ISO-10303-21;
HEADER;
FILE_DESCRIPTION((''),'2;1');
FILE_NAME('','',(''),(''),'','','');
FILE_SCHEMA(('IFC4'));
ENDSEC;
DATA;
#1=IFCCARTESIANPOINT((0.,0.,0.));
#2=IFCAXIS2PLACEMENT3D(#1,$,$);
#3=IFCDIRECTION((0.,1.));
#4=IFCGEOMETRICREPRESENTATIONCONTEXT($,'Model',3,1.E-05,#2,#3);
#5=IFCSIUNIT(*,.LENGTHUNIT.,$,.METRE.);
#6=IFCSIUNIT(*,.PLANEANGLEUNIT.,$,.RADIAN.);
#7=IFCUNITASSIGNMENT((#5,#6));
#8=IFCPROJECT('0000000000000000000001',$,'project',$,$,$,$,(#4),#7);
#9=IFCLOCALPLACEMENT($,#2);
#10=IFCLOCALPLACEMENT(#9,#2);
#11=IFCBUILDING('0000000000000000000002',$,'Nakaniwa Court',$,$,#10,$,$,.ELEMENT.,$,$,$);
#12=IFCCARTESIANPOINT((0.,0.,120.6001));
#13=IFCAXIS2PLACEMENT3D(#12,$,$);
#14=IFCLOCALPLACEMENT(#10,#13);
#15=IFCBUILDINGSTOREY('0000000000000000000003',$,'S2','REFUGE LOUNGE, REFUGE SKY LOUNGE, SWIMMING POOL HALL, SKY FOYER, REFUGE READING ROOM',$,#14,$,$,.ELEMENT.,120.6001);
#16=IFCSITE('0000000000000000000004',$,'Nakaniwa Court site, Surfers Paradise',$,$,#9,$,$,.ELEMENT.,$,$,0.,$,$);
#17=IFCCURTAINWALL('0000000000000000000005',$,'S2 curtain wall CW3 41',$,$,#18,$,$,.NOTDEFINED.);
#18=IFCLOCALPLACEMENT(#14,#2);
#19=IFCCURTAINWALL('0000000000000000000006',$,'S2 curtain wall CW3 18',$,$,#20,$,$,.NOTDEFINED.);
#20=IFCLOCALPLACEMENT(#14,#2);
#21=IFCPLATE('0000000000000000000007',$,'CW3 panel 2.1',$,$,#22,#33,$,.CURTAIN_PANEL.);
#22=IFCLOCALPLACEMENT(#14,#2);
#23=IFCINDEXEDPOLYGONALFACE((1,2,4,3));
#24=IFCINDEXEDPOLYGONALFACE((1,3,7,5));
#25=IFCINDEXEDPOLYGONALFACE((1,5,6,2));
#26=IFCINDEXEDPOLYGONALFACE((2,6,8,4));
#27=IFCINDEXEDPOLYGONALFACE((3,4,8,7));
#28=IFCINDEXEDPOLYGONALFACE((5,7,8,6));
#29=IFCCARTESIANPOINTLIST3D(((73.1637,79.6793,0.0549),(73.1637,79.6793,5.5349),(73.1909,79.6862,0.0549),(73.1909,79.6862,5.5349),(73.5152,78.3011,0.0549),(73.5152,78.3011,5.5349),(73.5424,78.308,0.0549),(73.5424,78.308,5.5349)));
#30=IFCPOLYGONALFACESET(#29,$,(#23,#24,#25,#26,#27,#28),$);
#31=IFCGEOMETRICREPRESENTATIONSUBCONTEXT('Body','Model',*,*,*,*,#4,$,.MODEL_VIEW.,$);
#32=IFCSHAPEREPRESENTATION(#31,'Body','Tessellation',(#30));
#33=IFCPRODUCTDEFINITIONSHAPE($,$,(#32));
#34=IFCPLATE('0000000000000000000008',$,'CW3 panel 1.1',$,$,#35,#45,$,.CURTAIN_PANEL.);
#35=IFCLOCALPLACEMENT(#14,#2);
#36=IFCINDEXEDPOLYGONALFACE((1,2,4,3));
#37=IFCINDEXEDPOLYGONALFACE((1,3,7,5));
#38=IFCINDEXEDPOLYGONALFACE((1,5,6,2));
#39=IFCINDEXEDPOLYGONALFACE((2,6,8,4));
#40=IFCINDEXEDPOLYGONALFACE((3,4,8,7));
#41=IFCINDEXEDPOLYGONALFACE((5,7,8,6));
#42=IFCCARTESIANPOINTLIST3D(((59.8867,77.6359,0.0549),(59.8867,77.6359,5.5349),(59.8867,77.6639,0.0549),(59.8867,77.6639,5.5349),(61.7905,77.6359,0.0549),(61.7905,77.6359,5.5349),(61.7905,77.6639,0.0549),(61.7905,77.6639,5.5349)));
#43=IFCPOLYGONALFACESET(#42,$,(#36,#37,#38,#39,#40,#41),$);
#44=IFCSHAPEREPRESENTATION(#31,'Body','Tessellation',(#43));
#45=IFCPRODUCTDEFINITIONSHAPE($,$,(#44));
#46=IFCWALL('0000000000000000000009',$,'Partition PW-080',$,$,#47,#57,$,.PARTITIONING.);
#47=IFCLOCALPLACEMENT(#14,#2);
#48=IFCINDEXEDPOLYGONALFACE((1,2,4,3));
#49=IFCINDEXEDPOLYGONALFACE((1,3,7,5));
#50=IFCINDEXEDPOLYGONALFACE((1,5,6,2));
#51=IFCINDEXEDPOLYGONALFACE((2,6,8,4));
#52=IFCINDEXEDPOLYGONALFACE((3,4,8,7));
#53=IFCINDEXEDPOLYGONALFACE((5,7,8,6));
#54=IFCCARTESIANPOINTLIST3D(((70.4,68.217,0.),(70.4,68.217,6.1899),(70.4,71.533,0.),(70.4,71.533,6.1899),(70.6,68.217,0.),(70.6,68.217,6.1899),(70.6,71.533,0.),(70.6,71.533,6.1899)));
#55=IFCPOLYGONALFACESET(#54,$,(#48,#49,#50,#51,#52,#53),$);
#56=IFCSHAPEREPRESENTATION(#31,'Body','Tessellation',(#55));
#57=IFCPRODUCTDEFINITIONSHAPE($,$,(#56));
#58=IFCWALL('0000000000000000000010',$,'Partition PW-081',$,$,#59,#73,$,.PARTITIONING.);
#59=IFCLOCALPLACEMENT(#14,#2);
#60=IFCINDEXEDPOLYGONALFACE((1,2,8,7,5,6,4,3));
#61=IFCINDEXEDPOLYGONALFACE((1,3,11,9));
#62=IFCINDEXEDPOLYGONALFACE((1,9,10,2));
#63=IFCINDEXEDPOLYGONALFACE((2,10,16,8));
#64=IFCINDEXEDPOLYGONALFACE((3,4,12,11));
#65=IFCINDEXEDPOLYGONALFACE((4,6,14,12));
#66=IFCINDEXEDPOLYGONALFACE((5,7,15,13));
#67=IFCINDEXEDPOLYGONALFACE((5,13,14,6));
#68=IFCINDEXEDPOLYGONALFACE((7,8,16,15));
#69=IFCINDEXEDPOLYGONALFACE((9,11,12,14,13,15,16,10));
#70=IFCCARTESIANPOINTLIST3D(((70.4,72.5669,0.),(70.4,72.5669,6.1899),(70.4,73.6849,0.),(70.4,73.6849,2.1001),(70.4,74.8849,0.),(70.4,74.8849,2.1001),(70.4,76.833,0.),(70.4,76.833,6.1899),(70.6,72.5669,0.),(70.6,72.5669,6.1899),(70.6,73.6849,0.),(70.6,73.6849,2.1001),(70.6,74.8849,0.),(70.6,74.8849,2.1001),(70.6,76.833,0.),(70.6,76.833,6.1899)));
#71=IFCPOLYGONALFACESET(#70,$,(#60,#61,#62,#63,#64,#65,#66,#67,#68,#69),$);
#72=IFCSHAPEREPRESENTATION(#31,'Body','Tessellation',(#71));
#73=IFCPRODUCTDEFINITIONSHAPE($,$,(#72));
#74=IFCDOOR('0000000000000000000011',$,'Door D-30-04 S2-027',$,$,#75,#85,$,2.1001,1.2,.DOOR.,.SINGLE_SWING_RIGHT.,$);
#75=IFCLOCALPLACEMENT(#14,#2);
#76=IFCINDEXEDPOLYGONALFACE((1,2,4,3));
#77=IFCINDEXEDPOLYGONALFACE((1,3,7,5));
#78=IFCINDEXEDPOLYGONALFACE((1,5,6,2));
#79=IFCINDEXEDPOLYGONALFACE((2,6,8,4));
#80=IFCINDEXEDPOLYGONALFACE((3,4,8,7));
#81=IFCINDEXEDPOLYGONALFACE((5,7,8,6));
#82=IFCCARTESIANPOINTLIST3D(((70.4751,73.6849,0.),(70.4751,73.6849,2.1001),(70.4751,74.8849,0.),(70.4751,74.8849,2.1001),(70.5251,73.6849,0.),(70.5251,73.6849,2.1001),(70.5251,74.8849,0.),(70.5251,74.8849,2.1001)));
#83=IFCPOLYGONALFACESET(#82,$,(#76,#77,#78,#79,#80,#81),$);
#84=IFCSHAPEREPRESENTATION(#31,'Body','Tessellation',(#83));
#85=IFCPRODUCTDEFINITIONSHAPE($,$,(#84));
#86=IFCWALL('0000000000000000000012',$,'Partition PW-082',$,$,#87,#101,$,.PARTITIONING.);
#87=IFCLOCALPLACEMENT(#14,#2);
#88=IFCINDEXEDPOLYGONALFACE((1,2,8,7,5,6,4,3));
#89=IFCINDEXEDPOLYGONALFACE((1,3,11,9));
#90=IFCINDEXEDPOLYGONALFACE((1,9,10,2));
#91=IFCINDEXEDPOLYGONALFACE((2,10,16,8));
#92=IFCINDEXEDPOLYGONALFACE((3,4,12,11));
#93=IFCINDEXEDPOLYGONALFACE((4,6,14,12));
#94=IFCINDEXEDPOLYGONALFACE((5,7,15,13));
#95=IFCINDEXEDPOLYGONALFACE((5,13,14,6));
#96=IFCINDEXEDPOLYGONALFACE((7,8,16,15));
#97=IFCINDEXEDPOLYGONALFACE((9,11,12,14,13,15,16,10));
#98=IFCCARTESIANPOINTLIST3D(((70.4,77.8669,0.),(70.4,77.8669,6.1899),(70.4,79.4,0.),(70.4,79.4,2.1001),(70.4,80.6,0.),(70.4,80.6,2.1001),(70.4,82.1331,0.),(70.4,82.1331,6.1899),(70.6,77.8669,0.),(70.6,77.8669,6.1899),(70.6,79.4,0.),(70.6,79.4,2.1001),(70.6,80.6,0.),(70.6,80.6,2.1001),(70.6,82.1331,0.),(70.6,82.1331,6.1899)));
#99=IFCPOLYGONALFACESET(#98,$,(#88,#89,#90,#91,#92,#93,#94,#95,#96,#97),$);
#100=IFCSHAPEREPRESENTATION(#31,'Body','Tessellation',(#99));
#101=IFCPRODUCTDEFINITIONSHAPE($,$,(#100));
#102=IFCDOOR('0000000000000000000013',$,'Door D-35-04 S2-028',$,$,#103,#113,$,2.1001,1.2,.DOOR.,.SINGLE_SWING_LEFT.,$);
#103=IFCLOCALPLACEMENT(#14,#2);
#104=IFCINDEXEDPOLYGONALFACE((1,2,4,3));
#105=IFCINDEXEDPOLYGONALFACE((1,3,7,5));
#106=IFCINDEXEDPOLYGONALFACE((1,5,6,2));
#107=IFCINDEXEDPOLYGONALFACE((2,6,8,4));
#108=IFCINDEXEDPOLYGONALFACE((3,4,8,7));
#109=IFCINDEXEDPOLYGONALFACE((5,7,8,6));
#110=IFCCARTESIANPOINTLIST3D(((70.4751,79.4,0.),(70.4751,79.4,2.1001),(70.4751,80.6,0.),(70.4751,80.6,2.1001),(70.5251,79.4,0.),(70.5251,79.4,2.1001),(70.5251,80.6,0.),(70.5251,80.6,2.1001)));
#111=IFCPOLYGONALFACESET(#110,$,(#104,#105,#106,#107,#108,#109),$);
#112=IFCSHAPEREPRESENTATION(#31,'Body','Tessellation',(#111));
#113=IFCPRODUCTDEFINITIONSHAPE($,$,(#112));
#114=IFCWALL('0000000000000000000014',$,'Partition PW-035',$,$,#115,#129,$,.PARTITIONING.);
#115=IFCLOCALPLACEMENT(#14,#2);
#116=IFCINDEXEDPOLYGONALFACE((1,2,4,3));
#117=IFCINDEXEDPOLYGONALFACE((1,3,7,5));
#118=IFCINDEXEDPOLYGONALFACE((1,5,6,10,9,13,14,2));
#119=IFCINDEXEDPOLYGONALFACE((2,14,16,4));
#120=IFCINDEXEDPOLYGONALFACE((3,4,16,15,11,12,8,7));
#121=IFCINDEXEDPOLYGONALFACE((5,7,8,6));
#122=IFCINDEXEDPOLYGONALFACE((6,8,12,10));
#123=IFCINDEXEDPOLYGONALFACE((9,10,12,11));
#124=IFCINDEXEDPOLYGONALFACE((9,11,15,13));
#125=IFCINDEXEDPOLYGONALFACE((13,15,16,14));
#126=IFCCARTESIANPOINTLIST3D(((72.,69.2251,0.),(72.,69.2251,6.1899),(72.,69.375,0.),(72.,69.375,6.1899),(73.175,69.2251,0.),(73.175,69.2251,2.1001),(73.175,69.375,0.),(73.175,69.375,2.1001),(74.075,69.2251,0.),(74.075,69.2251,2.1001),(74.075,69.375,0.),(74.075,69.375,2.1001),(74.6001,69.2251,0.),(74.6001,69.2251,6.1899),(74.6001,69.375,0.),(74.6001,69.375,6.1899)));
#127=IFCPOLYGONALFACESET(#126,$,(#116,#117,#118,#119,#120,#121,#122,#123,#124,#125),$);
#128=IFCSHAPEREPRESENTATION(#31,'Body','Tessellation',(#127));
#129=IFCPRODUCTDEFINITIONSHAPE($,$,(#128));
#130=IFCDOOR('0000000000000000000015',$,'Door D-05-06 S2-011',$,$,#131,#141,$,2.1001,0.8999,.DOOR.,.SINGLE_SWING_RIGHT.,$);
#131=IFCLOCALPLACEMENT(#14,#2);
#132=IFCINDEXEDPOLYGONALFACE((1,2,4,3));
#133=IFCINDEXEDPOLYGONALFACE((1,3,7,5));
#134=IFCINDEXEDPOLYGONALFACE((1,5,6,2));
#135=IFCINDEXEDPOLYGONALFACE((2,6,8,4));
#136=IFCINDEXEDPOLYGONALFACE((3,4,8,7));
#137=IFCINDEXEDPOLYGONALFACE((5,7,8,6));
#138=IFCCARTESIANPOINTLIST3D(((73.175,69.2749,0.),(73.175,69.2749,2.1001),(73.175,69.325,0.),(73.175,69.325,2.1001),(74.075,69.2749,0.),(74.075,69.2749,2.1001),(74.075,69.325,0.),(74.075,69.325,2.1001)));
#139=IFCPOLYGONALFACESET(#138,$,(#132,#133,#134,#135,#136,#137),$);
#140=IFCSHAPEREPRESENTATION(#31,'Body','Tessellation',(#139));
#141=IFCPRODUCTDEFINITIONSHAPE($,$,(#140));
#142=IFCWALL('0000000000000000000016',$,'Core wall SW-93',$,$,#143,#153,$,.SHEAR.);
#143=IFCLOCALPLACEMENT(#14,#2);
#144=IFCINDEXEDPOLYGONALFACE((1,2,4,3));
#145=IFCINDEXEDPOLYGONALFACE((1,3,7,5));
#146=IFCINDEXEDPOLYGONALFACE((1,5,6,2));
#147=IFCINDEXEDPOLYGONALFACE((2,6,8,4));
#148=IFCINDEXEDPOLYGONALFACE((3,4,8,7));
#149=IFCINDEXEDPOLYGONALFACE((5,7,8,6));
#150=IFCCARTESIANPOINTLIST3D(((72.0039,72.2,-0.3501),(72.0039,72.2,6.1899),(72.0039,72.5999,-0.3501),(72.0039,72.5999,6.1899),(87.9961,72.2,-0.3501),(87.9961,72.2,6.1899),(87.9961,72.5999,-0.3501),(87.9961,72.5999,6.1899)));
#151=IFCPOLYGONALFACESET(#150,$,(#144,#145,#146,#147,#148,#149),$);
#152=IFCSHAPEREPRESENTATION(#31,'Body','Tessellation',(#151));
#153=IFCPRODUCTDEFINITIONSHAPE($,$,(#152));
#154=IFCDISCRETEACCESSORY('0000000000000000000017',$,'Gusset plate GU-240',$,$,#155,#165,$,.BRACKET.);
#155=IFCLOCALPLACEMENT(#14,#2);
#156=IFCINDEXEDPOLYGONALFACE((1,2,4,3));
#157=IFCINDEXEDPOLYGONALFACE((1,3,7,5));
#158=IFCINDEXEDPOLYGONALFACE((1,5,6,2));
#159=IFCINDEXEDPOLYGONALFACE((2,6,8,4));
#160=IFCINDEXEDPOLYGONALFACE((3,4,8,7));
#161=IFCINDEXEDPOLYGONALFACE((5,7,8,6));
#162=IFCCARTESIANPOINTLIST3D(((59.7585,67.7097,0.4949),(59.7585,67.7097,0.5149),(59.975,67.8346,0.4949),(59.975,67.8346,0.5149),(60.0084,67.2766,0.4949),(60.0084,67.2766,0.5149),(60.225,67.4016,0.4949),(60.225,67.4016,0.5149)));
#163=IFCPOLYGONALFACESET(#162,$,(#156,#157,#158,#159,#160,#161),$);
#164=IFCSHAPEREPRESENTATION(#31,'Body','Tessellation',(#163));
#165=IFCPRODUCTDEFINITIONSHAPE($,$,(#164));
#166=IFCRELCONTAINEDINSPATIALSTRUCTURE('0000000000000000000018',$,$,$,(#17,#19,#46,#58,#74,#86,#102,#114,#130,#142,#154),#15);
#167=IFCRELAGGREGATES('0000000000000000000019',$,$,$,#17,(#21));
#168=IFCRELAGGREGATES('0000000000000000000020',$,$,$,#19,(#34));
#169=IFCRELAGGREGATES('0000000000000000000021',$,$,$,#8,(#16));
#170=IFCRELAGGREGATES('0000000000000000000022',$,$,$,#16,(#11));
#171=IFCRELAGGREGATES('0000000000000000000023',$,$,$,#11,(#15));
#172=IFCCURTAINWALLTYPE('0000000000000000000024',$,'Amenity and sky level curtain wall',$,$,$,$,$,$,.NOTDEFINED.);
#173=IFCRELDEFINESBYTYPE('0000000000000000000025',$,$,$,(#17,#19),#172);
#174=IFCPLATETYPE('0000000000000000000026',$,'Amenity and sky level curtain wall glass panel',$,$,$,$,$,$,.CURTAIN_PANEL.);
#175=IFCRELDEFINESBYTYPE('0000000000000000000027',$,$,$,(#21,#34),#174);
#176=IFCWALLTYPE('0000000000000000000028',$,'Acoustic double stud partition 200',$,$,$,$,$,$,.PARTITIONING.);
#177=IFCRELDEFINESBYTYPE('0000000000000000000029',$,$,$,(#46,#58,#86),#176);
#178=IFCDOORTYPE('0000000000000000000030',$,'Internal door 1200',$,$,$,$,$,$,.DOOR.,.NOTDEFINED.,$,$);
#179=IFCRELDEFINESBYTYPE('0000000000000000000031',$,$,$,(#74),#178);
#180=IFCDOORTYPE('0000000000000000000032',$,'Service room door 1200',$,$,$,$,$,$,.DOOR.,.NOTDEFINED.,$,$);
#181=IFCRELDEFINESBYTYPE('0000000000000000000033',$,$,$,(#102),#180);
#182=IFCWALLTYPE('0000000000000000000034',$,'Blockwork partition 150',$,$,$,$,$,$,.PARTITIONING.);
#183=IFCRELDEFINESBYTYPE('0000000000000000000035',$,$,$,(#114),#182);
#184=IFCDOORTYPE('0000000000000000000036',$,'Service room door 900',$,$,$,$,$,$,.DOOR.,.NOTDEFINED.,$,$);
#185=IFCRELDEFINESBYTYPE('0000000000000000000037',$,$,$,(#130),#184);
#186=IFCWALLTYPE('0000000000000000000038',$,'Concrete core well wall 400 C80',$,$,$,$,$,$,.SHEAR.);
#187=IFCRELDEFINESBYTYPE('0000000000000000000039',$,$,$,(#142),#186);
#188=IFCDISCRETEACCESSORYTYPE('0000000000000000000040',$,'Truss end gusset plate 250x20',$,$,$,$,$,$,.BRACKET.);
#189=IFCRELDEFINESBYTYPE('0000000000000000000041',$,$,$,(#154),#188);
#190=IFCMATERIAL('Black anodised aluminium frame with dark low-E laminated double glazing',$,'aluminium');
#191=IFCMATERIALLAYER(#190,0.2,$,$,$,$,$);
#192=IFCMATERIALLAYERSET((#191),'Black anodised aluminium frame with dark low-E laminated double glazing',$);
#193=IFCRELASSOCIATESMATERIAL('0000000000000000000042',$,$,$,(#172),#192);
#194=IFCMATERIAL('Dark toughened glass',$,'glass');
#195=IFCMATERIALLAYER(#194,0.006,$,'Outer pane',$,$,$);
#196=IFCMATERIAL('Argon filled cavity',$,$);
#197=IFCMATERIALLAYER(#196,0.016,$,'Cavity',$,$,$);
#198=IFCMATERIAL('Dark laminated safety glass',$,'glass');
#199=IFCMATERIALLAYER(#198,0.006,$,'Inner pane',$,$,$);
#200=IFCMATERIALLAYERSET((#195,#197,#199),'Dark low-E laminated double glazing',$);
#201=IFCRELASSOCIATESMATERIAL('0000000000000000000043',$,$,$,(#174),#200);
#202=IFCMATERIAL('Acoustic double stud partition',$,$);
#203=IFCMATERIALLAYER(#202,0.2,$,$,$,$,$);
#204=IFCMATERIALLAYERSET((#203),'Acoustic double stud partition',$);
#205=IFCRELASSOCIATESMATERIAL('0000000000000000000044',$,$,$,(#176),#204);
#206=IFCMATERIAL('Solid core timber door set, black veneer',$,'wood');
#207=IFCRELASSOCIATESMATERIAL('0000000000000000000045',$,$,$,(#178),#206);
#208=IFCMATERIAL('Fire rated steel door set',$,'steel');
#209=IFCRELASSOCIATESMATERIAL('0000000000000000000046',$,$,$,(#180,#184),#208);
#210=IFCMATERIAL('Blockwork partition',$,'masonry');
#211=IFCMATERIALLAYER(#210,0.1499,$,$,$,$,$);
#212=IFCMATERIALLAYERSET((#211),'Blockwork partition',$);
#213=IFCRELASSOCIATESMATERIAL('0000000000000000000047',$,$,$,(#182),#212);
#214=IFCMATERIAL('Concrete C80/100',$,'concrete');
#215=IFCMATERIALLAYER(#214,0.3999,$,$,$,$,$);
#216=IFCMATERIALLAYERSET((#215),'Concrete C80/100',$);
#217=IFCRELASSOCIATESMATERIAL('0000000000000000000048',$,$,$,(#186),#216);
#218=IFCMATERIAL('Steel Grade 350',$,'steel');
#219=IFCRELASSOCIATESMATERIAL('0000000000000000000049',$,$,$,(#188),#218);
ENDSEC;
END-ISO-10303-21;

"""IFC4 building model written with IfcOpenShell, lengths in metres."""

from ifc_helpers import new_model, si_unit, direction, frame, frame_2d, origin, origin_2d, place, context, subcontext, project, spatial, rectangle, extrude, material, layer, layer_set, material_profile, profile_set, type_object, element, fill, aggregate, save


model = new_model("IFC4")

# Units and contexts
model_context = context("Model", 3, precision=1e-05, world=origin(), true_north=direction((0.0, 1.0)))
body_context = subcontext(model_context, "Body", "Model", "MODEL_VIEW")
ifc_project = project(units=[si_unit("LENGTHUNIT", "METRE"), si_unit("PLANEANGLEUNIT", "RADIAN")], contexts=[model_context])

# Site, building, storey
site_placement = place(None, origin())
site = spatial("IfcSite", under=ifc_project, at=site_placement, Name="Nakaniwa Court site, Surfers Paradise", CompositionType="ELEMENT", RefElevation=0.0)
building_placement = place(site_placement, origin())
building = spatial("IfcBuilding", under=site, at=building_placement, Name="Nakaniwa Court", CompositionType="ELEMENT")
storey_placement = place(building_placement, frame((0.0, 0.0, 120.6001)))
storey = spatial("IfcBuildingStorey", under=building, at=storey_placement, Name="S2", Description="REFUGE LOUNGE, REFUGE SKY LOUNGE, SWIMMING POOL HALL, SKY FOYER, REFUGE READING ROOM", CompositionType="ELEMENT", Elevation=120.6001)

# Shared definitions
ifc_material_1 = material(Name="Concrete C80/100", Category="concrete")

# Curtain walls
ifc_material_2 = material(Name="Black anodised aluminium frame with dark low-E laminated double glazing", Category="aluminium")
ifc_layer_1 = layer(ifc_material_2, 0.2)
ifc_layer_set_1 = layer_set([ifc_layer_1], Name="Black anodised aluminium frame with dark low-E laminated double glazing")
curtain_wall_type = type_object("IfcCurtainWallType", Name="Amenity and sky level curtain wall", PredefinedType="NOTDEFINED", material=ifc_layer_set_1)
curtain_wall_1_placement = place(storey_placement, origin())
curtain_wall_1 = element("IfcCurtainWall", 1, at=curtain_wall_1_placement, inside=storey, type_object=curtain_wall_type, Name="S2 curtain wall CW3 41", PredefinedType="NOTDEFINED")
curtain_wall_2_placement = place(storey_placement, origin())
curtain_wall_2 = element("IfcCurtainWall", 2, at=curtain_wall_2_placement, inside=storey, type_object=curtain_wall_type, Name="S2 curtain wall CW3 18", PredefinedType="NOTDEFINED")

# Plates
ifc_material_3 = material(Name="Dark toughened glass", Category="glass")
ifc_layer_2 = layer(ifc_material_3, 0.006, Name="Outer pane")
ifc_material_4 = material(Name="Argon filled cavity")
ifc_layer_3 = layer(ifc_material_4, 0.016, Name="Cavity")
ifc_material_5 = material(Name="Dark laminated safety glass", Category="glass")
ifc_layer_4 = layer(ifc_material_5, 0.006, Name="Inner pane")
ifc_layer_set_2 = layer_set([ifc_layer_2, ifc_layer_3, ifc_layer_4], Name="Dark low-E laminated double glazing")
plate_type = type_object("IfcPlateType", Name="Amenity and sky level curtain wall glass panel", PredefinedType="CURTAIN_PANEL", material=ifc_layer_set_2)
plate_1_placement = place(storey_placement, frame((73.353, 78.9937, 0.0549), z_axis=(0.0, 0.0, 1.0), x_axis=(-0.247114, 0.968986, 0.0)))
plate_1 = element("IfcPlate", 3, at=plate_1_placement, type_object=plate_type, Name="CW3 panel 2.1", PredefinedType="CURTAIN_PANEL", context=body_context, shape_type="SweptSolid", body=[
    extrude(rectangle(XDim=1.4224, YDim=0.0281, at=origin_2d()), origin(), (0.0, 0.0, 1.0), 5.48),
])
aggregate(curtain_wall_1, [plate_1])
plate_2_placement = place(storey_placement, frame((60.8386, 77.6499, 0.0549), z_axis=(0.0, 0.0, 1.0), x_axis=(-1.0, 0.0, 0.0)))
plate_2 = element("IfcPlate", 4, at=plate_2_placement, type_object=plate_type, Name="CW3 panel 1.1", PredefinedType="CURTAIN_PANEL", context=body_context, shape_type="SweptSolid", body=[
    extrude(rectangle(XDim=1.9038, YDim=0.0281, at=origin_2d()), origin(), (0.0, 0.0, 1.0), 5.48),
])
aggregate(curtain_wall_2, [plate_2])

# Wall
ifc_material_6 = material(Name="Acoustic double stud partition")
ifc_layer_5 = layer(ifc_material_6, 0.2)
ifc_layer_set_3 = layer_set([ifc_layer_5], Name="Acoustic double stud partition")
wall_type_1 = type_object("IfcWallType", Name="Acoustic double stud partition 200", PredefinedType="PARTITIONING", material=ifc_layer_set_3)
wall_1_placement = place(storey_placement, frame((70.5, 68.217, 0.0), z_axis=(0.0, 0.0, 1.0), x_axis=(0.0, 1.0, 0.0)))
element("IfcWall", 5, at=wall_1_placement, inside=storey, type_object=wall_type_1, Name="Partition PW-080", PredefinedType="PARTITIONING", context=body_context, shape_type="SweptSolid", body=[
    extrude(rectangle(XDim=3.3159, YDim=0.2, at=frame_2d((1.658, 0.0))), origin(), (0.0, 0.0, 1.0), 6.1899),
])

# Walls, openings, doors
wall_2_placement = place(storey_placement, frame((70.5, 72.5669, 0.0), z_axis=(0.0, 0.0, 1.0), x_axis=(0.0, 1.0, 0.0)))
wall_2 = element("IfcWall", 6, at=wall_2_placement, inside=storey, type_object=wall_type_1, Name="Partition PW-081", PredefinedType="PARTITIONING", context=body_context, shape_type="SweptSolid", body=[
    extrude(rectangle(XDim=4.2661, YDim=0.2, at=frame_2d((2.1331, 0.0))), origin(), (0.0, 0.0, 1.0), 6.1899),
])
opening_1_placement = place(wall_2_placement, frame((1.1179, 0.0, 0.0)))
opening_1 = element("IfcOpeningElement", 7, at=opening_1_placement, cuts=wall_2, PredefinedType="OPENING", context=body_context, shape_type="SweptSolid", body=[
    extrude(rectangle(XDim=1.2, YDim=2.1001, at=frame_2d((0.6001, 1.05))), frame((0.0, 0.1099, 0.0), z_axis=(0.0, -1.0, 0.0), x_axis=(1.0, 0.0, 0.0)), (0.0, 0.0, 1.0), 0.22),
])
ifc_material_7 = material(Name="Solid core timber door set, black veneer", Category="wood")
door_type_1 = type_object("IfcDoorType", Name="Internal door 1200", OperationType="NOTDEFINED", PredefinedType="DOOR", material=ifc_material_7)
door_1_placement = place(opening_1_placement, origin())
door_1 = element("IfcDoor", 8, at=door_1_placement, inside=storey, type_object=door_type_1, Name="Door D-30-04 S2-027", OperationType="SINGLE_SWING_RIGHT", OverallHeight=2.1001, OverallWidth=1.2, PredefinedType="DOOR", context=body_context, shape_type="SweptSolid", body=[
    extrude(rectangle(XDim=1.2, YDim=2.1001, at=frame_2d((0.6001, 1.05))), frame((0.0, 0.0249, 0.0), z_axis=(0.0, -1.0, 0.0), x_axis=(1.0, 0.0, 0.0)), (0.0, 0.0, 1.0), 0.05),
])
fill(opening_1, door_1)
wall_3_placement = place(storey_placement, frame((70.5, 77.8669, 0.0), z_axis=(0.0, 0.0, 1.0), x_axis=(0.0, 1.0, 0.0)))
wall_3 = element("IfcWall", 9, at=wall_3_placement, inside=storey, type_object=wall_type_1, Name="Partition PW-082", PredefinedType="PARTITIONING", context=body_context, shape_type="SweptSolid", body=[
    extrude(rectangle(XDim=4.2661, YDim=0.2, at=frame_2d((2.1331, 0.0))), origin(), (0.0, 0.0, 1.0), 6.1899),
])
opening_2_placement = place(wall_3_placement, frame((1.533, 0.0, 0.0)))
opening_2 = element("IfcOpeningElement", 10, at=opening_2_placement, cuts=wall_3, PredefinedType="OPENING", context=body_context, shape_type="SweptSolid", body=[
    extrude(rectangle(XDim=1.2, YDim=2.1001, at=frame_2d((0.6001, 1.05))), frame((0.0, 0.1099, 0.0), z_axis=(0.0, -1.0, 0.0), x_axis=(1.0, 0.0, 0.0)), (0.0, 0.0, 1.0), 0.22),
])
ifc_material_8 = material(Name="Fire rated steel door set", Category="steel")
door_type_2 = type_object("IfcDoorType", Name="Service room door 1200", OperationType="NOTDEFINED", PredefinedType="DOOR", material=ifc_material_8)
door_2_placement = place(opening_2_placement, origin())
door_2 = element("IfcDoor", 11, at=door_2_placement, inside=storey, type_object=door_type_2, Name="Door D-35-04 S2-028", OperationType="SINGLE_SWING_LEFT", OverallHeight=2.1001, OverallWidth=1.2, PredefinedType="DOOR", context=body_context, shape_type="SweptSolid", body=[
    extrude(rectangle(XDim=1.2, YDim=2.1001, at=frame_2d((0.6001, 1.05))), frame((0.0, 0.0249, 0.0), z_axis=(0.0, -1.0, 0.0), x_axis=(1.0, 0.0, 0.0)), (0.0, 0.0, 1.0), 0.05),
])
fill(opening_2, door_2)
ifc_material_9 = material(Name="Blockwork partition", Category="masonry")
ifc_layer_6 = layer(ifc_material_9, 0.1499)
ifc_layer_set_4 = layer_set([ifc_layer_6], Name="Blockwork partition")
wall_type_2 = type_object("IfcWallType", Name="Blockwork partition 150", PredefinedType="PARTITIONING", material=ifc_layer_set_4)
wall_4_placement = place(storey_placement, frame((72.0, 69.3, 0.0), z_axis=(0.0, 0.0, 1.0), x_axis=(1.0, 0.0, 0.0)))
wall_4 = element("IfcWall", 12, at=wall_4_placement, inside=storey, type_object=wall_type_2, Name="Partition PW-035", PredefinedType="PARTITIONING", context=body_context, shape_type="SweptSolid", body=[
    extrude(rectangle(XDim=2.6001, YDim=0.1499, at=frame_2d((1.3, 0.0))), origin(), (0.0, 0.0, 1.0), 6.1899),
])
opening_3_placement = place(wall_4_placement, frame((1.175, 0.0, 0.0)))
opening_3 = element("IfcOpeningElement", 13, at=opening_3_placement, cuts=wall_4, PredefinedType="OPENING", context=body_context, shape_type="SweptSolid", body=[
    extrude(rectangle(XDim=0.8999, YDim=2.1001, at=frame_2d((0.45, 1.05))), frame((0.0, 0.085, 0.0), z_axis=(0.0, -1.0, 0.0), x_axis=(1.0, 0.0, 0.0)), (0.0, 0.0, 1.0), 0.1699),
])
door_type_3 = type_object("IfcDoorType", Name="Service room door 900", OperationType="NOTDEFINED", PredefinedType="DOOR", material=ifc_material_8)
door_3_placement = place(opening_3_placement, origin())
door_3 = element("IfcDoor", 14, at=door_3_placement, inside=storey, type_object=door_type_3, Name="Door D-05-06 S2-011", OperationType="SINGLE_SWING_RIGHT", OverallHeight=2.1001, OverallWidth=0.8999, PredefinedType="DOOR", context=body_context, shape_type="SweptSolid", body=[
    extrude(rectangle(XDim=0.8999, YDim=2.1001, at=frame_2d((0.45, 1.05))), frame((0.0, 0.0249, 0.0), z_axis=(0.0, -1.0, 0.0), x_axis=(1.0, 0.0, 0.0)), (0.0, 0.0, 1.0), 0.05),
])
fill(opening_3, door_3)

# Wall
ifc_layer_7 = layer(ifc_material_1, 0.3999)
ifc_layer_set_5 = layer_set([ifc_layer_7], Name="Concrete C80/100")
wall_type_3 = type_object("IfcWallType", Name="Concrete core well wall 400 C80", PredefinedType="SHEAR", material=ifc_layer_set_5)
wall_5_placement = place(storey_placement, frame((72.0039, 72.3999, -0.3501), z_axis=(0.0, 0.0, 1.0), x_axis=(1.0, 0.0, 0.0)))
element("IfcWall", 15, at=wall_5_placement, inside=storey, type_object=wall_type_3, Name="Core wall SW-93", PredefinedType="SHEAR", context=body_context, shape_type="SweptSolid", body=[
    extrude(rectangle(XDim=15.9922, YDim=0.3999, at=frame_2d((7.9961, 0.0))), origin(), (0.0, 0.0, 1.0), 6.54),
])

# Discrete accessory
ifc_material_10 = material(Name="Steel Grade 350", Category="steel")
ifc_material_profile_1 = material_profile(ifc_material_10, rectangle(XDim=0.25, YDim=0.02, at=origin_2d()), Name="Truss end gusset plate 250x20")
ifc_profile_set_1 = profile_set([ifc_material_profile_1], Name="Steel Grade 350")
discrete_accessory_type = type_object("IfcDiscreteAccessoryType", Name="Truss end gusset plate 250x20", PredefinedType="BRACKET", material=ifc_profile_set_1)
for number, where, z_axis, x_axis, name in (
    (16, (60.1167, 67.3391, 0.5049), (-0.49992, 0.866072, 0.0), (-0.866072, -0.49992, 0.0), "Gusset plate GU-240"),
):
    element("IfcDiscreteAccessory", number, at=place(storey_placement, frame(where, z_axis=z_axis, x_axis=x_axis)), inside=storey, type_object=discrete_accessory_type, Name=name, PredefinedType="BRACKET", context=body_context, shape_type="SweptSolid", body=[
        extrude(rectangle(XDim=0.25, YDim=0.02, at=origin_2d()), origin(), (0.0, 0.0, 1.0), 0.5),
    ])

save(model, "model.ifc")
